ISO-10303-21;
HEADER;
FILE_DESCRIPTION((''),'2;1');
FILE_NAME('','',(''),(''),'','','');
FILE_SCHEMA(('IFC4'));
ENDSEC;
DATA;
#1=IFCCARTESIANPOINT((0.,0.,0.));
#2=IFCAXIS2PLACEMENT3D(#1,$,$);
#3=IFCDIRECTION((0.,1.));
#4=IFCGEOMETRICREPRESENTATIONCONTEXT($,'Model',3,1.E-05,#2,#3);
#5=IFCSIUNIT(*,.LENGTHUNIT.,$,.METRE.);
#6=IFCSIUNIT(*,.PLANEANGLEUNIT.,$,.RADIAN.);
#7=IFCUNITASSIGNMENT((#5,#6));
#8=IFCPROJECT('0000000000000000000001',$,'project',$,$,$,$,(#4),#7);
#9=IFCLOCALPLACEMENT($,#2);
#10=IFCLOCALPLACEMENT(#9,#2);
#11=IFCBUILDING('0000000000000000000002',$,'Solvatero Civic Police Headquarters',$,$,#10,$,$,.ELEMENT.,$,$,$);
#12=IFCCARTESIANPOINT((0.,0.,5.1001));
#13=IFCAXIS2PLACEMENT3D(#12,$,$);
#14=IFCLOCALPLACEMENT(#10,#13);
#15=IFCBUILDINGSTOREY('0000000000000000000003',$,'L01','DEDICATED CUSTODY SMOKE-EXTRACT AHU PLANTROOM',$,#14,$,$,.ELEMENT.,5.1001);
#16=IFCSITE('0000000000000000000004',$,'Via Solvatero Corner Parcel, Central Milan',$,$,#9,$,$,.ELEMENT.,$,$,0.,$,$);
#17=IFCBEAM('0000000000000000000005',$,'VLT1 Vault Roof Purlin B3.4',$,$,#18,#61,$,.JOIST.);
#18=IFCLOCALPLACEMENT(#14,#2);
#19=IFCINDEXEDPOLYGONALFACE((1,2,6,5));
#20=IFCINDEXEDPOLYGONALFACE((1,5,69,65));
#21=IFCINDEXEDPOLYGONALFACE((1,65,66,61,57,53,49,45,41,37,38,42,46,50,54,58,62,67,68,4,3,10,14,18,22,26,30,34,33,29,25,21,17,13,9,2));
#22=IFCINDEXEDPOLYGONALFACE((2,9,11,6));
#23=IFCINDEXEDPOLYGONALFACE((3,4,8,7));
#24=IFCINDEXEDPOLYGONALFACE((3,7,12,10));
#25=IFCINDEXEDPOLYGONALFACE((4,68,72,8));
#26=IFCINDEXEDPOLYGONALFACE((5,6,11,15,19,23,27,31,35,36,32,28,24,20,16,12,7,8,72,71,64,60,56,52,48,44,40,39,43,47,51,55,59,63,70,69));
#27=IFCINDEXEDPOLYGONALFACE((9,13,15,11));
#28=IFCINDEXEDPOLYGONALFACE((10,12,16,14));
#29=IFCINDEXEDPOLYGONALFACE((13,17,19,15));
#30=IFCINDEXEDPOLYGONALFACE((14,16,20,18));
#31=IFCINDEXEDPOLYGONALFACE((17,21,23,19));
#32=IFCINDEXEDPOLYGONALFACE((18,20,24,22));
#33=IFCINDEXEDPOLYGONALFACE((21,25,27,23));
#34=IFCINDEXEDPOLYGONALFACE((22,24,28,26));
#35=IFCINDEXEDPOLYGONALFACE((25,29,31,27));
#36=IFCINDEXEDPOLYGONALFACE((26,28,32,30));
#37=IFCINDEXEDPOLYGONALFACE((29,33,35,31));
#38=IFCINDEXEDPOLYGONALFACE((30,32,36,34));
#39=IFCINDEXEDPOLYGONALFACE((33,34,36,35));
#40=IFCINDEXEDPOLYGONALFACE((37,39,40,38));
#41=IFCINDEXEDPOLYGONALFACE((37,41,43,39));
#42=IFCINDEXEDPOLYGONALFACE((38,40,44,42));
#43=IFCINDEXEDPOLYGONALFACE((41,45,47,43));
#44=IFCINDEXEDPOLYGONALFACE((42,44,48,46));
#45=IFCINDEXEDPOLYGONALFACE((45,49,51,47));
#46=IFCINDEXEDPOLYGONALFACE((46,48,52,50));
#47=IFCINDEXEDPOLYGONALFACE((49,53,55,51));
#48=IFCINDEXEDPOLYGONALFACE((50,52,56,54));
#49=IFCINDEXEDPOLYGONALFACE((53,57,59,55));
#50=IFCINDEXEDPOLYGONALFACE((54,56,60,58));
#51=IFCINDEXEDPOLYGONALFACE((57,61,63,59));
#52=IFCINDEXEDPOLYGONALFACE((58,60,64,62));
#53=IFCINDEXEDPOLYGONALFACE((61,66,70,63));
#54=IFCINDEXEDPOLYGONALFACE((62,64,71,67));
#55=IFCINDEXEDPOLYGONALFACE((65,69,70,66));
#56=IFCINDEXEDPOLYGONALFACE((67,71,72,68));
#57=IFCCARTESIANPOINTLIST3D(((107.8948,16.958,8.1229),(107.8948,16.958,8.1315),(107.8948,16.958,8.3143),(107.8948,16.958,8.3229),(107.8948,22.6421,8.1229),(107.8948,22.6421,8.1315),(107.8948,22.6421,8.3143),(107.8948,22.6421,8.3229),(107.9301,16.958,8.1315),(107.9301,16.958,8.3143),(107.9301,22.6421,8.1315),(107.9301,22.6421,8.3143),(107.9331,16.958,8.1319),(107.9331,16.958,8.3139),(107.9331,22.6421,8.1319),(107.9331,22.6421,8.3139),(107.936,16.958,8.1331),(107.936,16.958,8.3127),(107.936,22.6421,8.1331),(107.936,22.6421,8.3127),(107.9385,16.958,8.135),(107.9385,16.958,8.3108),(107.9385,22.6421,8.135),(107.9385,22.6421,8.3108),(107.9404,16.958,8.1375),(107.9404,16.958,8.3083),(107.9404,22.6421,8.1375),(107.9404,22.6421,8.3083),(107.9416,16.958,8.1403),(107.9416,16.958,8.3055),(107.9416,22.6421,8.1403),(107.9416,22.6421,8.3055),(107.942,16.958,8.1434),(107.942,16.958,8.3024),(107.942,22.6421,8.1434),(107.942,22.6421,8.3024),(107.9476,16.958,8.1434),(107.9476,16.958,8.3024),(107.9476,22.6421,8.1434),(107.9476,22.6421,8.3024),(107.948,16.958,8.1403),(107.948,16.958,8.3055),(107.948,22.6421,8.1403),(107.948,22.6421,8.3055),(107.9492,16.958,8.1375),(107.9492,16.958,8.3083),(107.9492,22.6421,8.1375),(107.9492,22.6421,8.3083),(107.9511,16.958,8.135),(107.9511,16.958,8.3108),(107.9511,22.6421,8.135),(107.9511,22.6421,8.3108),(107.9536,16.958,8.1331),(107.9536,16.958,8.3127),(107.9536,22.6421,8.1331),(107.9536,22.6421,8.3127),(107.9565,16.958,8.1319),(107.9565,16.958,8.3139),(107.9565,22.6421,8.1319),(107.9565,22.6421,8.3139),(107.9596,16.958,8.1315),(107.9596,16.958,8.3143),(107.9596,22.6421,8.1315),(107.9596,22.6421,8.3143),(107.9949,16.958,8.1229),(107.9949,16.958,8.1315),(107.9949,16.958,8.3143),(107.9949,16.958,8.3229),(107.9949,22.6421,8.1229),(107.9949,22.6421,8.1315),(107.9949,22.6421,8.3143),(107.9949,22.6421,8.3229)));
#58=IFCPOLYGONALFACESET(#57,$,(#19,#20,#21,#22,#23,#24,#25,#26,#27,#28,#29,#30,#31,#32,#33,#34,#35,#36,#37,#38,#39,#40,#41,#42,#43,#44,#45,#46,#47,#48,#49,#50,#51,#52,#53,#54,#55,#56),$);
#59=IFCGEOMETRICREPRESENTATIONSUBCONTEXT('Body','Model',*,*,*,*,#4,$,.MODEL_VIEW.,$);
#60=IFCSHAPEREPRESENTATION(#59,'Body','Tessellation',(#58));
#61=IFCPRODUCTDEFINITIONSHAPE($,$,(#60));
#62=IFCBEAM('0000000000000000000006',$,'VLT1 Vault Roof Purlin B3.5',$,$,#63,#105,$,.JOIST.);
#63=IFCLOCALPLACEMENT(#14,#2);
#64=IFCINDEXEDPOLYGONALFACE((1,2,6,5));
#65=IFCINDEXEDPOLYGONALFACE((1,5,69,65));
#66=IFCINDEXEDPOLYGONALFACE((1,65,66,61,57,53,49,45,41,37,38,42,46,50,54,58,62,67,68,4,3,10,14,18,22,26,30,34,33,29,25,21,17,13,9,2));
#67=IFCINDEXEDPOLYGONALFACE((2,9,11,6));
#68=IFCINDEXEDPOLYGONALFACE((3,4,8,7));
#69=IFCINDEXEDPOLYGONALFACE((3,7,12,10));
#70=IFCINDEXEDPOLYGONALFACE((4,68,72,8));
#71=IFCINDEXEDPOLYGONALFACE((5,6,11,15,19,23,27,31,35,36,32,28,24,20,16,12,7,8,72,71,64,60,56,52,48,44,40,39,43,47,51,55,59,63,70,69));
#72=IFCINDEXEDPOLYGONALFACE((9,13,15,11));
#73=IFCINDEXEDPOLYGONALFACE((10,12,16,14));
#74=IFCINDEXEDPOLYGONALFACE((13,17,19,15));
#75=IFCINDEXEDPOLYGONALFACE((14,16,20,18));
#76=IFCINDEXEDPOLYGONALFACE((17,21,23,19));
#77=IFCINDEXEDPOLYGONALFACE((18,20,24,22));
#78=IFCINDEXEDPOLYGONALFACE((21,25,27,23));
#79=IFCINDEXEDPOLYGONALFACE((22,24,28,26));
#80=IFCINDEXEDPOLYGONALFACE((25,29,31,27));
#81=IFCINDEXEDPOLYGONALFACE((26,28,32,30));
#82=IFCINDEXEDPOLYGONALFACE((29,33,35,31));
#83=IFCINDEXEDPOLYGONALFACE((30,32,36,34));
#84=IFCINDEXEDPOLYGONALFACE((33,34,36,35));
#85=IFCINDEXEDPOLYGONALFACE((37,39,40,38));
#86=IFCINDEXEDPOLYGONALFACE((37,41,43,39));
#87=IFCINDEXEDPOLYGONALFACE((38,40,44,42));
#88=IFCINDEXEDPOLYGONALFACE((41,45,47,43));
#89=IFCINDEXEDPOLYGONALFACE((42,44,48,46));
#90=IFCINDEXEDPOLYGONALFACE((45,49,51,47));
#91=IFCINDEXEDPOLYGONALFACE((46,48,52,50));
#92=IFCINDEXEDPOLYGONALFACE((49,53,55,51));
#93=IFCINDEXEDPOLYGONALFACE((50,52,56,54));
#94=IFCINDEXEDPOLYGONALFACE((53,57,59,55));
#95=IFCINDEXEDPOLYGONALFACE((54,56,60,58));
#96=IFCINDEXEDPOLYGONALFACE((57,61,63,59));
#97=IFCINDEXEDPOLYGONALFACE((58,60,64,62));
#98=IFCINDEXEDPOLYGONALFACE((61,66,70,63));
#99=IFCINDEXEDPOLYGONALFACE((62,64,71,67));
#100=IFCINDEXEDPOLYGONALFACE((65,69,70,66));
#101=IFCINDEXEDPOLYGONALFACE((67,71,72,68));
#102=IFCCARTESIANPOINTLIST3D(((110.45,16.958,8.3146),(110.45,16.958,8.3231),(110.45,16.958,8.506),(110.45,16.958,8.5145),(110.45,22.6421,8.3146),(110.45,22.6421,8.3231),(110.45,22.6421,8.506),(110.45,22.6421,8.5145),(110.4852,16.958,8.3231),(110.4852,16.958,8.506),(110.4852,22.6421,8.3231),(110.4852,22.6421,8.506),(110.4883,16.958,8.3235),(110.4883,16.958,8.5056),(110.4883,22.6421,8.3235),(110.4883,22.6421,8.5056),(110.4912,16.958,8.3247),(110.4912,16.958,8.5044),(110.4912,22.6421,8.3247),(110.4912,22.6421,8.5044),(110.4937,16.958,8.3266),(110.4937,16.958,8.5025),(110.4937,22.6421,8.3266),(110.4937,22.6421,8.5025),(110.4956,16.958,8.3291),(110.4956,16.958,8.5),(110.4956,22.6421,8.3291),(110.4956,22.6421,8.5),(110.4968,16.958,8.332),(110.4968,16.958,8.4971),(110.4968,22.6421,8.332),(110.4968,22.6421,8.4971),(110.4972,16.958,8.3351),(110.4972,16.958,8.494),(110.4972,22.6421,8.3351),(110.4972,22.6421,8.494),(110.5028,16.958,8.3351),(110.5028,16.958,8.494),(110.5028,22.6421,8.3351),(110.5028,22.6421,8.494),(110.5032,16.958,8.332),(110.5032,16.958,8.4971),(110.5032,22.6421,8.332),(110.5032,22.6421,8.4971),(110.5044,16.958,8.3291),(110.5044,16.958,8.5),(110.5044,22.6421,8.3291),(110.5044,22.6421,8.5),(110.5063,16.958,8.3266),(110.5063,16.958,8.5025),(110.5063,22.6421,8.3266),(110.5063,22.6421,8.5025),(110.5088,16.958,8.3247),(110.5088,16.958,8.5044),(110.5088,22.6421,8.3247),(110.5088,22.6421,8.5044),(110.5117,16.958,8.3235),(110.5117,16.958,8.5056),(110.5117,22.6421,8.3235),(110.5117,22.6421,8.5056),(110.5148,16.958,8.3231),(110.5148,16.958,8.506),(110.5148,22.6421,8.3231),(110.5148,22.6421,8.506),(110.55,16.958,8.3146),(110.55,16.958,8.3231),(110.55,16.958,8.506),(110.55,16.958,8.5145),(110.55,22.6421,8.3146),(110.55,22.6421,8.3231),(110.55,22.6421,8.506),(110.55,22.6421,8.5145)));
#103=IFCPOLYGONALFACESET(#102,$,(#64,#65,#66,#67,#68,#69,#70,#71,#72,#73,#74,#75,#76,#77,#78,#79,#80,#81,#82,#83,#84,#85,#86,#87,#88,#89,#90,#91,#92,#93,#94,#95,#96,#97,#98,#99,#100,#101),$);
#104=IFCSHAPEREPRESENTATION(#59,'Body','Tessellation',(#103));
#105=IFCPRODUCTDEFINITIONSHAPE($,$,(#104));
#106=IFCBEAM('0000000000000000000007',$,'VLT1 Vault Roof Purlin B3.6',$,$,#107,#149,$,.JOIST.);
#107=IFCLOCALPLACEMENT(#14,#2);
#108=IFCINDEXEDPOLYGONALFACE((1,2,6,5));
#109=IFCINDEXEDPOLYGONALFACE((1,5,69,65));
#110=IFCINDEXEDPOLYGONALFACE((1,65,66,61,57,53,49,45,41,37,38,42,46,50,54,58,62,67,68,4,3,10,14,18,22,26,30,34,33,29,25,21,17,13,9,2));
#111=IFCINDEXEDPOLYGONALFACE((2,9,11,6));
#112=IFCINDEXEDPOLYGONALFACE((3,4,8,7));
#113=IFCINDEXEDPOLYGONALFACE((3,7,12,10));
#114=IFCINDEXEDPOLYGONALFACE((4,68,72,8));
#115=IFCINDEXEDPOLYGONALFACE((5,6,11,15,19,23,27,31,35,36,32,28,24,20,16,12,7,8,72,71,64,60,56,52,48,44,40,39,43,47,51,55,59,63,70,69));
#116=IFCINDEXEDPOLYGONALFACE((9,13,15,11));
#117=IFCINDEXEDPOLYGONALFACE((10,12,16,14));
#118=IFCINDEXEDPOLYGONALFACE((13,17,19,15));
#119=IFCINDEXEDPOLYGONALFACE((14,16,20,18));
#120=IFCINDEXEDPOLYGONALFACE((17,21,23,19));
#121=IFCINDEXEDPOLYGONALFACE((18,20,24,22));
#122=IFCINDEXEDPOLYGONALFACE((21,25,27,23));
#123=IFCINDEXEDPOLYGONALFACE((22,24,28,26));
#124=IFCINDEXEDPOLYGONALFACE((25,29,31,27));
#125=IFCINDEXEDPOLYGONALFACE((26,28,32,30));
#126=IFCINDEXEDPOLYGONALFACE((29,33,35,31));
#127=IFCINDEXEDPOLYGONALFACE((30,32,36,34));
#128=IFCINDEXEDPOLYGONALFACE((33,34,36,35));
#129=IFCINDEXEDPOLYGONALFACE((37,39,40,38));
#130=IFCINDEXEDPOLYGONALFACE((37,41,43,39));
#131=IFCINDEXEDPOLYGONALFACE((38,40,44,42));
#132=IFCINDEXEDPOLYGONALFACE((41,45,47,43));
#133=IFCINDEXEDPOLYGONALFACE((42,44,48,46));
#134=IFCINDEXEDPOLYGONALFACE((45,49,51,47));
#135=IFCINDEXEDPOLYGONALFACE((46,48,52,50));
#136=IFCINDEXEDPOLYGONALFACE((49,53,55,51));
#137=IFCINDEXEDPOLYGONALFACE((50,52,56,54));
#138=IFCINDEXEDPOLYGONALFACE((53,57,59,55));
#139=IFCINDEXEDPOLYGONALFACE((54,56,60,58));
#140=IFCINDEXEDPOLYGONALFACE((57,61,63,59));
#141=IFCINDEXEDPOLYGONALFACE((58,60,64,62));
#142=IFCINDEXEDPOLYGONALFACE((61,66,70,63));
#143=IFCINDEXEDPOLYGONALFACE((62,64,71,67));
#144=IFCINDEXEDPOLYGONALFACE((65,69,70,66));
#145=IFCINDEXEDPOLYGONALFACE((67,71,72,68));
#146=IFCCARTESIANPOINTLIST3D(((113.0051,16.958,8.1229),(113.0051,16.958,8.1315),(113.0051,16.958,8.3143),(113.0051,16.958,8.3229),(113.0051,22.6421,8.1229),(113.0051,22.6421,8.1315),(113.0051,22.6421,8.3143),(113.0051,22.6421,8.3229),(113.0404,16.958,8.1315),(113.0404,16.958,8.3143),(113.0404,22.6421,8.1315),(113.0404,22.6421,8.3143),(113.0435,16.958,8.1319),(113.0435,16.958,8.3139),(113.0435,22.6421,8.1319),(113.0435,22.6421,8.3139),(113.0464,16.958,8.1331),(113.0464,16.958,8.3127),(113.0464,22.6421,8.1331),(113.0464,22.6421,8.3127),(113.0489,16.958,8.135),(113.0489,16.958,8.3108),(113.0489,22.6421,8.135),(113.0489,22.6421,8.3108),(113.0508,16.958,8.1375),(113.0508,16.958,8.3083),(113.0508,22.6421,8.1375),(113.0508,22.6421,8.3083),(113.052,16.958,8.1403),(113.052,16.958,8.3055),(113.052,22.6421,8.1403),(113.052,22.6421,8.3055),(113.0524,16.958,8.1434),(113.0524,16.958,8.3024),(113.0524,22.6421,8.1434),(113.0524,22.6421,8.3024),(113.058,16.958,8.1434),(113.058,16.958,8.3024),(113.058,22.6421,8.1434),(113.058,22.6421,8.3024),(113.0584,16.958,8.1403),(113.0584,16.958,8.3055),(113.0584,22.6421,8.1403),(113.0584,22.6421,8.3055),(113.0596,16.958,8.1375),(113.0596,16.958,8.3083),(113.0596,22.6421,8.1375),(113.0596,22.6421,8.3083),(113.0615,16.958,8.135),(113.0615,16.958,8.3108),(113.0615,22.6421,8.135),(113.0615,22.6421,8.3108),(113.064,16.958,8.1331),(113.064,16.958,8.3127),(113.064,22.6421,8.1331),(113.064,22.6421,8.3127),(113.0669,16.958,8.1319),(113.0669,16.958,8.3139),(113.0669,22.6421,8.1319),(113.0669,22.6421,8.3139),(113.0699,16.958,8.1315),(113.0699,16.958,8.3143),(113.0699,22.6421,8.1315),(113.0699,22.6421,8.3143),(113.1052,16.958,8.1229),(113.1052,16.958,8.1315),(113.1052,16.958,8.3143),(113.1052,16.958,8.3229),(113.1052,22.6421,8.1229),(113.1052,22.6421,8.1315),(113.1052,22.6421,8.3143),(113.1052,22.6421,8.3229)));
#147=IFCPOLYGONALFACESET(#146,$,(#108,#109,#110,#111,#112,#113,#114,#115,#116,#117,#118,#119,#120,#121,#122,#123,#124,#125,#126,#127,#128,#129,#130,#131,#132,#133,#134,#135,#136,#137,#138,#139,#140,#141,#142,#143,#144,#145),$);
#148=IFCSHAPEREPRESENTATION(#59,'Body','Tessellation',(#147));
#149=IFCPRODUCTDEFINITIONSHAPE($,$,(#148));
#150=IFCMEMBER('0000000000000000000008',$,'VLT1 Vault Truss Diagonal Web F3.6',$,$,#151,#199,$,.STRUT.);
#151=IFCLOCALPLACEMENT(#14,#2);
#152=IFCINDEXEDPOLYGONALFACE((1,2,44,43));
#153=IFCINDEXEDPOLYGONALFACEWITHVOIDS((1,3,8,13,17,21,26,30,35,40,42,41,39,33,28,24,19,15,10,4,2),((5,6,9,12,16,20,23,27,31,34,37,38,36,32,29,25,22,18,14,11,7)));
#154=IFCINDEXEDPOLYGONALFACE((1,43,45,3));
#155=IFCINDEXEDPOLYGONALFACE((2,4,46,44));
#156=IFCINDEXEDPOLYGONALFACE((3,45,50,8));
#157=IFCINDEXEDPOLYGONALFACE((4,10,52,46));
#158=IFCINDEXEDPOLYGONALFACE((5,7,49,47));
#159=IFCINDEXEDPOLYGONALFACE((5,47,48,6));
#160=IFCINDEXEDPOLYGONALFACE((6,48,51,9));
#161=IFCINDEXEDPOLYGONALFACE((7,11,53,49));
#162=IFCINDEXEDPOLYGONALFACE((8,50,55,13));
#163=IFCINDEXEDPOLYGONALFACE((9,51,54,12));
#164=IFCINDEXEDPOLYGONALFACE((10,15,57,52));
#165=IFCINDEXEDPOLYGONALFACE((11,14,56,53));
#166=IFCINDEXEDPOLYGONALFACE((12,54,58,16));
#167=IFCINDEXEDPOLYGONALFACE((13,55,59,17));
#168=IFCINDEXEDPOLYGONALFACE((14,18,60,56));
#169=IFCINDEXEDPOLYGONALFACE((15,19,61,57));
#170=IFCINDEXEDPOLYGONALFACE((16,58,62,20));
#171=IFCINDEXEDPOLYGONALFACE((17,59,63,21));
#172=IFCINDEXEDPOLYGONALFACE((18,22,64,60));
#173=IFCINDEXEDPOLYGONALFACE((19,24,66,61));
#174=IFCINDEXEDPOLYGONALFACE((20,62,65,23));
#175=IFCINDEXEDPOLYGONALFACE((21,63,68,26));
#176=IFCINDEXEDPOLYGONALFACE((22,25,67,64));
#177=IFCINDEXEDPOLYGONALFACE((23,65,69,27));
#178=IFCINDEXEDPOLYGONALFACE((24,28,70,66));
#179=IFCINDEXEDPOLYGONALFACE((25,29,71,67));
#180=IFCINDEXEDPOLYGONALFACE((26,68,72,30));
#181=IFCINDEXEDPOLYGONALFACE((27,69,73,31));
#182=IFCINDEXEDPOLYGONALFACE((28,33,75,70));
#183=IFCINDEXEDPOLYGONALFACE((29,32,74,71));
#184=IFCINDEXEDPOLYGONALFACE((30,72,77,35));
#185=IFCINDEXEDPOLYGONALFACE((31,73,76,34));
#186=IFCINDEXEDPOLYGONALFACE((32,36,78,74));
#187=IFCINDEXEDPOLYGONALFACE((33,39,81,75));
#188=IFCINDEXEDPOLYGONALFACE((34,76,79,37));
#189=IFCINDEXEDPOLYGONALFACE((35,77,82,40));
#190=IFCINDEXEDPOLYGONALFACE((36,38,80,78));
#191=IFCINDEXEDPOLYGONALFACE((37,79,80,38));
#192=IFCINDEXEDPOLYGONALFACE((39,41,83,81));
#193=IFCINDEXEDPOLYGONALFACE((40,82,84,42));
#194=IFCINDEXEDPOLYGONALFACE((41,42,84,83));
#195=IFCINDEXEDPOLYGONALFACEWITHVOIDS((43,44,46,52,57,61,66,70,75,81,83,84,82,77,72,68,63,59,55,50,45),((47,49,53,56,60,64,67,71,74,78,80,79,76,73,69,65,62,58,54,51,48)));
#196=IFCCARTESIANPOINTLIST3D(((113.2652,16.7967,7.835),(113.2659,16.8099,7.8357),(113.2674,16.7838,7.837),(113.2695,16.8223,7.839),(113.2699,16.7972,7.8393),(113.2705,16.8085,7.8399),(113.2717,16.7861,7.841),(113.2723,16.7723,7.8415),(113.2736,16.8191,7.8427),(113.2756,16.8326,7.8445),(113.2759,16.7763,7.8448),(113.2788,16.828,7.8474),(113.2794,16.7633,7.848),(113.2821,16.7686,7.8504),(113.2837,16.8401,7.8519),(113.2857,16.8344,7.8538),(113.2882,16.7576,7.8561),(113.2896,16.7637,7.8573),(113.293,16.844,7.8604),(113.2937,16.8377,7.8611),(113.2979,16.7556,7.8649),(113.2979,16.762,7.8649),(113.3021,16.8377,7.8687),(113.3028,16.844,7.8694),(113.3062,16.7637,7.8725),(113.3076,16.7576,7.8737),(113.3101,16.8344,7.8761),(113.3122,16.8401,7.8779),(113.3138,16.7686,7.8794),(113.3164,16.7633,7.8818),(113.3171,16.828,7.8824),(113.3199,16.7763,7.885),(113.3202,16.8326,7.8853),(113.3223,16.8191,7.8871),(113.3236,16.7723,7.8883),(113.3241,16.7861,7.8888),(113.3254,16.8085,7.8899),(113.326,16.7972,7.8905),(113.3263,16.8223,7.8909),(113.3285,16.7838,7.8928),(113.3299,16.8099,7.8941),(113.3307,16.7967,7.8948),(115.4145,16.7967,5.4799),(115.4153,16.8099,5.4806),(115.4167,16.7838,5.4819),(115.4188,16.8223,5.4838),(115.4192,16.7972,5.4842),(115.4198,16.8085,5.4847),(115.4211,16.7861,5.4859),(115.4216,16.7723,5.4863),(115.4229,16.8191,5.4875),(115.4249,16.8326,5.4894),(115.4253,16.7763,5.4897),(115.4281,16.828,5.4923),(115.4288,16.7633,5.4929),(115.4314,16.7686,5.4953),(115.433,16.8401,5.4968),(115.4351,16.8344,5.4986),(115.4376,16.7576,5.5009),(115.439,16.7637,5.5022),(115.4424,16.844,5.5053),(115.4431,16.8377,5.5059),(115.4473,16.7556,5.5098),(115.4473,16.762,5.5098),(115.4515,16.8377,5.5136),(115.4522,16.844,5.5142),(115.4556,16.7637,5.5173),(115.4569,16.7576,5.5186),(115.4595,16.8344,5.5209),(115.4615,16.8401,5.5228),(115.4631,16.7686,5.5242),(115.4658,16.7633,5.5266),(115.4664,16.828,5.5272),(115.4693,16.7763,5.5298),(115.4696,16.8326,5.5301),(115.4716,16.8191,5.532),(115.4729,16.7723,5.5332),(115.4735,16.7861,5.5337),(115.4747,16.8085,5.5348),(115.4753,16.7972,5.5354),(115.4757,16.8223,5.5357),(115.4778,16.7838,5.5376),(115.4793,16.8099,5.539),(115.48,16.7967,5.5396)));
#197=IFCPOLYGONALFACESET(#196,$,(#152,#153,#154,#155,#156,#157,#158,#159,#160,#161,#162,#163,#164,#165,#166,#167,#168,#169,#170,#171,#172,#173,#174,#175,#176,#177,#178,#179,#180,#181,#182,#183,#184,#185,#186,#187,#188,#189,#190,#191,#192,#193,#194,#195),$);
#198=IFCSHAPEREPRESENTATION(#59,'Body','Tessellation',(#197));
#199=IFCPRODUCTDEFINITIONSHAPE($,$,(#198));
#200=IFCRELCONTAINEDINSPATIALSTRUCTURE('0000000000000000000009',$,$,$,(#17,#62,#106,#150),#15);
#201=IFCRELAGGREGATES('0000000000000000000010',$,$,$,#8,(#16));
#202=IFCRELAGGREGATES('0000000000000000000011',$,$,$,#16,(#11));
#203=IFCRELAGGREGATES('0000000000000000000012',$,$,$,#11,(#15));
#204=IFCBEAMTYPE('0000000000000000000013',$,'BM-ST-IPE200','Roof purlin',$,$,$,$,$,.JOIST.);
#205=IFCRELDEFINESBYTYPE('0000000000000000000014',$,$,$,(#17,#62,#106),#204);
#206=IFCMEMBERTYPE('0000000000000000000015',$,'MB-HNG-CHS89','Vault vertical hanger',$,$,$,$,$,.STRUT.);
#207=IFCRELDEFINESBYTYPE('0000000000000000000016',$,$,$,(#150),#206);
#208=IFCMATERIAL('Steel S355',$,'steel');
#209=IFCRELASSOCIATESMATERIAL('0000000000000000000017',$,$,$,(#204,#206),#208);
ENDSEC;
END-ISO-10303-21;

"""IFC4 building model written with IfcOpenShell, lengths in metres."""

from ifc_helpers import new_model, si_unit, direction, frame, origin, origin_2d, place, context, subcontext, project, spatial, hollow_circle, i_section, extrude, material, material_profile, profile_set, type_object, element, save


model = new_model("IFC4")

# Units and contexts
model_context = context("Model", 3, precision=1e-05, world=origin(), true_north=direction((0.0, 1.0)))
body_context = subcontext(model_context, "Body", "Model", "MODEL_VIEW")
ifc_project = project(units=[si_unit("LENGTHUNIT", "METRE"), si_unit("PLANEANGLEUNIT", "RADIAN")], contexts=[model_context])

# Site, building, storey
site_placement = place(None, origin())
site = spatial("IfcSite", under=ifc_project, at=site_placement, Name="Via Solvatero Corner Parcel, Central Milan", CompositionType="ELEMENT", RefElevation=0.0)
building_placement = place(site_placement, origin())
building = spatial("IfcBuilding", under=site, at=building_placement, Name="Solvatero Civic Police Headquarters", CompositionType="ELEMENT")
storey_placement = place(building_placement, frame((0.0, 0.0, 5.1001)))
storey = spatial("IfcBuildingStorey", under=building, at=storey_placement, Name="L01", Description="DEDICATED CUSTODY SMOKE-EXTRACT AHU PLANTROOM", CompositionType="ELEMENT", Elevation=5.1001)

# Beams
ifc_material = material(Name="Steel S355", Category="steel")
ifc_material_profile_1 = material_profile(ifc_material, i_section(OverallWidth=0.1001, OverallDepth=0.2, WebThickness=0.0056, FlangeThickness=0.0085, FilletRadius=0.012, at=origin_2d()), Name="IPE 200")
ifc_profile_set_1 = profile_set([ifc_material_profile_1], Name="Steel S355")
beam_type_1 = type_object("IfcBeamType", Name="BM-ST-IPE200", Description="Roof purlin", PredefinedType="JOIST", material=ifc_profile_set_1)
for number, where, z_axis, x_axis, name in (
    (1, (107.9448, 16.958, 8.2229), (0.0, 1.0, 0.0), (-1.0, 0.0, 0.0), "VLT1 Vault Roof Purlin B3.4"),
    (2, (110.5, 16.958, 8.4146), (0.0, 1.0, 0.0), (-1.0, 0.0, 0.0), "VLT1 Vault Roof Purlin B3.5"),
    (3, (113.0552, 16.958, 8.2229), (0.0, 1.0, 0.0), (-1.0, 0.0, 0.0), "VLT1 Vault Roof Purlin B3.6"),
):
    element("IfcBeam", number, at=place(storey_placement, frame(where, z_axis=z_axis, x_axis=x_axis)), inside=storey, type_object=beam_type_1, Name=name, PredefinedType="JOIST", context=body_context, shape_type="SweptSolid", body=[
        extrude(i_section(OverallWidth=0.1001, OverallDepth=0.2, WebThickness=0.0056, FlangeThickness=0.0085, FilletRadius=0.012, at=origin_2d()), origin(), (0.0, 0.0, 1.0), 5.6841),
    ])

# Member
ifc_material_profile_2 = material_profile(ifc_material, hollow_circle(Radius=0.0444, WallThickness=0.0063, at=origin_2d()), Name="CHS 88.9x6.3")
ifc_profile_set_2 = profile_set([ifc_material_profile_2], Name="Steel S355")
member_type_1 = type_object("IfcMemberType", Name="MB-HNG-CHS89", Description="Vault vertical hanger", PredefinedType="STRUT", material=ifc_profile_set_2)
member_1_placement = place(storey_placement, frame((115.4473, 16.8, 5.5098), z_axis=(-0.674097, 0.0, 0.738643), x_axis=(0.0, -1.0, 0.0)))
element("IfcMember", 4, at=member_1_placement, inside=storey, type_object=member_type_1, Name="VLT1 Vault Truss Diagonal Web F3.6", PredefinedType="STRUT", context=body_context, shape_type="SweptSolid", body=[
    extrude(hollow_circle(Radius=0.0444, WallThickness=0.0063, at=origin_2d()), origin(), (0.0, 0.0, 1.0), 3.1885),
])

save(model, "model.ifc")
